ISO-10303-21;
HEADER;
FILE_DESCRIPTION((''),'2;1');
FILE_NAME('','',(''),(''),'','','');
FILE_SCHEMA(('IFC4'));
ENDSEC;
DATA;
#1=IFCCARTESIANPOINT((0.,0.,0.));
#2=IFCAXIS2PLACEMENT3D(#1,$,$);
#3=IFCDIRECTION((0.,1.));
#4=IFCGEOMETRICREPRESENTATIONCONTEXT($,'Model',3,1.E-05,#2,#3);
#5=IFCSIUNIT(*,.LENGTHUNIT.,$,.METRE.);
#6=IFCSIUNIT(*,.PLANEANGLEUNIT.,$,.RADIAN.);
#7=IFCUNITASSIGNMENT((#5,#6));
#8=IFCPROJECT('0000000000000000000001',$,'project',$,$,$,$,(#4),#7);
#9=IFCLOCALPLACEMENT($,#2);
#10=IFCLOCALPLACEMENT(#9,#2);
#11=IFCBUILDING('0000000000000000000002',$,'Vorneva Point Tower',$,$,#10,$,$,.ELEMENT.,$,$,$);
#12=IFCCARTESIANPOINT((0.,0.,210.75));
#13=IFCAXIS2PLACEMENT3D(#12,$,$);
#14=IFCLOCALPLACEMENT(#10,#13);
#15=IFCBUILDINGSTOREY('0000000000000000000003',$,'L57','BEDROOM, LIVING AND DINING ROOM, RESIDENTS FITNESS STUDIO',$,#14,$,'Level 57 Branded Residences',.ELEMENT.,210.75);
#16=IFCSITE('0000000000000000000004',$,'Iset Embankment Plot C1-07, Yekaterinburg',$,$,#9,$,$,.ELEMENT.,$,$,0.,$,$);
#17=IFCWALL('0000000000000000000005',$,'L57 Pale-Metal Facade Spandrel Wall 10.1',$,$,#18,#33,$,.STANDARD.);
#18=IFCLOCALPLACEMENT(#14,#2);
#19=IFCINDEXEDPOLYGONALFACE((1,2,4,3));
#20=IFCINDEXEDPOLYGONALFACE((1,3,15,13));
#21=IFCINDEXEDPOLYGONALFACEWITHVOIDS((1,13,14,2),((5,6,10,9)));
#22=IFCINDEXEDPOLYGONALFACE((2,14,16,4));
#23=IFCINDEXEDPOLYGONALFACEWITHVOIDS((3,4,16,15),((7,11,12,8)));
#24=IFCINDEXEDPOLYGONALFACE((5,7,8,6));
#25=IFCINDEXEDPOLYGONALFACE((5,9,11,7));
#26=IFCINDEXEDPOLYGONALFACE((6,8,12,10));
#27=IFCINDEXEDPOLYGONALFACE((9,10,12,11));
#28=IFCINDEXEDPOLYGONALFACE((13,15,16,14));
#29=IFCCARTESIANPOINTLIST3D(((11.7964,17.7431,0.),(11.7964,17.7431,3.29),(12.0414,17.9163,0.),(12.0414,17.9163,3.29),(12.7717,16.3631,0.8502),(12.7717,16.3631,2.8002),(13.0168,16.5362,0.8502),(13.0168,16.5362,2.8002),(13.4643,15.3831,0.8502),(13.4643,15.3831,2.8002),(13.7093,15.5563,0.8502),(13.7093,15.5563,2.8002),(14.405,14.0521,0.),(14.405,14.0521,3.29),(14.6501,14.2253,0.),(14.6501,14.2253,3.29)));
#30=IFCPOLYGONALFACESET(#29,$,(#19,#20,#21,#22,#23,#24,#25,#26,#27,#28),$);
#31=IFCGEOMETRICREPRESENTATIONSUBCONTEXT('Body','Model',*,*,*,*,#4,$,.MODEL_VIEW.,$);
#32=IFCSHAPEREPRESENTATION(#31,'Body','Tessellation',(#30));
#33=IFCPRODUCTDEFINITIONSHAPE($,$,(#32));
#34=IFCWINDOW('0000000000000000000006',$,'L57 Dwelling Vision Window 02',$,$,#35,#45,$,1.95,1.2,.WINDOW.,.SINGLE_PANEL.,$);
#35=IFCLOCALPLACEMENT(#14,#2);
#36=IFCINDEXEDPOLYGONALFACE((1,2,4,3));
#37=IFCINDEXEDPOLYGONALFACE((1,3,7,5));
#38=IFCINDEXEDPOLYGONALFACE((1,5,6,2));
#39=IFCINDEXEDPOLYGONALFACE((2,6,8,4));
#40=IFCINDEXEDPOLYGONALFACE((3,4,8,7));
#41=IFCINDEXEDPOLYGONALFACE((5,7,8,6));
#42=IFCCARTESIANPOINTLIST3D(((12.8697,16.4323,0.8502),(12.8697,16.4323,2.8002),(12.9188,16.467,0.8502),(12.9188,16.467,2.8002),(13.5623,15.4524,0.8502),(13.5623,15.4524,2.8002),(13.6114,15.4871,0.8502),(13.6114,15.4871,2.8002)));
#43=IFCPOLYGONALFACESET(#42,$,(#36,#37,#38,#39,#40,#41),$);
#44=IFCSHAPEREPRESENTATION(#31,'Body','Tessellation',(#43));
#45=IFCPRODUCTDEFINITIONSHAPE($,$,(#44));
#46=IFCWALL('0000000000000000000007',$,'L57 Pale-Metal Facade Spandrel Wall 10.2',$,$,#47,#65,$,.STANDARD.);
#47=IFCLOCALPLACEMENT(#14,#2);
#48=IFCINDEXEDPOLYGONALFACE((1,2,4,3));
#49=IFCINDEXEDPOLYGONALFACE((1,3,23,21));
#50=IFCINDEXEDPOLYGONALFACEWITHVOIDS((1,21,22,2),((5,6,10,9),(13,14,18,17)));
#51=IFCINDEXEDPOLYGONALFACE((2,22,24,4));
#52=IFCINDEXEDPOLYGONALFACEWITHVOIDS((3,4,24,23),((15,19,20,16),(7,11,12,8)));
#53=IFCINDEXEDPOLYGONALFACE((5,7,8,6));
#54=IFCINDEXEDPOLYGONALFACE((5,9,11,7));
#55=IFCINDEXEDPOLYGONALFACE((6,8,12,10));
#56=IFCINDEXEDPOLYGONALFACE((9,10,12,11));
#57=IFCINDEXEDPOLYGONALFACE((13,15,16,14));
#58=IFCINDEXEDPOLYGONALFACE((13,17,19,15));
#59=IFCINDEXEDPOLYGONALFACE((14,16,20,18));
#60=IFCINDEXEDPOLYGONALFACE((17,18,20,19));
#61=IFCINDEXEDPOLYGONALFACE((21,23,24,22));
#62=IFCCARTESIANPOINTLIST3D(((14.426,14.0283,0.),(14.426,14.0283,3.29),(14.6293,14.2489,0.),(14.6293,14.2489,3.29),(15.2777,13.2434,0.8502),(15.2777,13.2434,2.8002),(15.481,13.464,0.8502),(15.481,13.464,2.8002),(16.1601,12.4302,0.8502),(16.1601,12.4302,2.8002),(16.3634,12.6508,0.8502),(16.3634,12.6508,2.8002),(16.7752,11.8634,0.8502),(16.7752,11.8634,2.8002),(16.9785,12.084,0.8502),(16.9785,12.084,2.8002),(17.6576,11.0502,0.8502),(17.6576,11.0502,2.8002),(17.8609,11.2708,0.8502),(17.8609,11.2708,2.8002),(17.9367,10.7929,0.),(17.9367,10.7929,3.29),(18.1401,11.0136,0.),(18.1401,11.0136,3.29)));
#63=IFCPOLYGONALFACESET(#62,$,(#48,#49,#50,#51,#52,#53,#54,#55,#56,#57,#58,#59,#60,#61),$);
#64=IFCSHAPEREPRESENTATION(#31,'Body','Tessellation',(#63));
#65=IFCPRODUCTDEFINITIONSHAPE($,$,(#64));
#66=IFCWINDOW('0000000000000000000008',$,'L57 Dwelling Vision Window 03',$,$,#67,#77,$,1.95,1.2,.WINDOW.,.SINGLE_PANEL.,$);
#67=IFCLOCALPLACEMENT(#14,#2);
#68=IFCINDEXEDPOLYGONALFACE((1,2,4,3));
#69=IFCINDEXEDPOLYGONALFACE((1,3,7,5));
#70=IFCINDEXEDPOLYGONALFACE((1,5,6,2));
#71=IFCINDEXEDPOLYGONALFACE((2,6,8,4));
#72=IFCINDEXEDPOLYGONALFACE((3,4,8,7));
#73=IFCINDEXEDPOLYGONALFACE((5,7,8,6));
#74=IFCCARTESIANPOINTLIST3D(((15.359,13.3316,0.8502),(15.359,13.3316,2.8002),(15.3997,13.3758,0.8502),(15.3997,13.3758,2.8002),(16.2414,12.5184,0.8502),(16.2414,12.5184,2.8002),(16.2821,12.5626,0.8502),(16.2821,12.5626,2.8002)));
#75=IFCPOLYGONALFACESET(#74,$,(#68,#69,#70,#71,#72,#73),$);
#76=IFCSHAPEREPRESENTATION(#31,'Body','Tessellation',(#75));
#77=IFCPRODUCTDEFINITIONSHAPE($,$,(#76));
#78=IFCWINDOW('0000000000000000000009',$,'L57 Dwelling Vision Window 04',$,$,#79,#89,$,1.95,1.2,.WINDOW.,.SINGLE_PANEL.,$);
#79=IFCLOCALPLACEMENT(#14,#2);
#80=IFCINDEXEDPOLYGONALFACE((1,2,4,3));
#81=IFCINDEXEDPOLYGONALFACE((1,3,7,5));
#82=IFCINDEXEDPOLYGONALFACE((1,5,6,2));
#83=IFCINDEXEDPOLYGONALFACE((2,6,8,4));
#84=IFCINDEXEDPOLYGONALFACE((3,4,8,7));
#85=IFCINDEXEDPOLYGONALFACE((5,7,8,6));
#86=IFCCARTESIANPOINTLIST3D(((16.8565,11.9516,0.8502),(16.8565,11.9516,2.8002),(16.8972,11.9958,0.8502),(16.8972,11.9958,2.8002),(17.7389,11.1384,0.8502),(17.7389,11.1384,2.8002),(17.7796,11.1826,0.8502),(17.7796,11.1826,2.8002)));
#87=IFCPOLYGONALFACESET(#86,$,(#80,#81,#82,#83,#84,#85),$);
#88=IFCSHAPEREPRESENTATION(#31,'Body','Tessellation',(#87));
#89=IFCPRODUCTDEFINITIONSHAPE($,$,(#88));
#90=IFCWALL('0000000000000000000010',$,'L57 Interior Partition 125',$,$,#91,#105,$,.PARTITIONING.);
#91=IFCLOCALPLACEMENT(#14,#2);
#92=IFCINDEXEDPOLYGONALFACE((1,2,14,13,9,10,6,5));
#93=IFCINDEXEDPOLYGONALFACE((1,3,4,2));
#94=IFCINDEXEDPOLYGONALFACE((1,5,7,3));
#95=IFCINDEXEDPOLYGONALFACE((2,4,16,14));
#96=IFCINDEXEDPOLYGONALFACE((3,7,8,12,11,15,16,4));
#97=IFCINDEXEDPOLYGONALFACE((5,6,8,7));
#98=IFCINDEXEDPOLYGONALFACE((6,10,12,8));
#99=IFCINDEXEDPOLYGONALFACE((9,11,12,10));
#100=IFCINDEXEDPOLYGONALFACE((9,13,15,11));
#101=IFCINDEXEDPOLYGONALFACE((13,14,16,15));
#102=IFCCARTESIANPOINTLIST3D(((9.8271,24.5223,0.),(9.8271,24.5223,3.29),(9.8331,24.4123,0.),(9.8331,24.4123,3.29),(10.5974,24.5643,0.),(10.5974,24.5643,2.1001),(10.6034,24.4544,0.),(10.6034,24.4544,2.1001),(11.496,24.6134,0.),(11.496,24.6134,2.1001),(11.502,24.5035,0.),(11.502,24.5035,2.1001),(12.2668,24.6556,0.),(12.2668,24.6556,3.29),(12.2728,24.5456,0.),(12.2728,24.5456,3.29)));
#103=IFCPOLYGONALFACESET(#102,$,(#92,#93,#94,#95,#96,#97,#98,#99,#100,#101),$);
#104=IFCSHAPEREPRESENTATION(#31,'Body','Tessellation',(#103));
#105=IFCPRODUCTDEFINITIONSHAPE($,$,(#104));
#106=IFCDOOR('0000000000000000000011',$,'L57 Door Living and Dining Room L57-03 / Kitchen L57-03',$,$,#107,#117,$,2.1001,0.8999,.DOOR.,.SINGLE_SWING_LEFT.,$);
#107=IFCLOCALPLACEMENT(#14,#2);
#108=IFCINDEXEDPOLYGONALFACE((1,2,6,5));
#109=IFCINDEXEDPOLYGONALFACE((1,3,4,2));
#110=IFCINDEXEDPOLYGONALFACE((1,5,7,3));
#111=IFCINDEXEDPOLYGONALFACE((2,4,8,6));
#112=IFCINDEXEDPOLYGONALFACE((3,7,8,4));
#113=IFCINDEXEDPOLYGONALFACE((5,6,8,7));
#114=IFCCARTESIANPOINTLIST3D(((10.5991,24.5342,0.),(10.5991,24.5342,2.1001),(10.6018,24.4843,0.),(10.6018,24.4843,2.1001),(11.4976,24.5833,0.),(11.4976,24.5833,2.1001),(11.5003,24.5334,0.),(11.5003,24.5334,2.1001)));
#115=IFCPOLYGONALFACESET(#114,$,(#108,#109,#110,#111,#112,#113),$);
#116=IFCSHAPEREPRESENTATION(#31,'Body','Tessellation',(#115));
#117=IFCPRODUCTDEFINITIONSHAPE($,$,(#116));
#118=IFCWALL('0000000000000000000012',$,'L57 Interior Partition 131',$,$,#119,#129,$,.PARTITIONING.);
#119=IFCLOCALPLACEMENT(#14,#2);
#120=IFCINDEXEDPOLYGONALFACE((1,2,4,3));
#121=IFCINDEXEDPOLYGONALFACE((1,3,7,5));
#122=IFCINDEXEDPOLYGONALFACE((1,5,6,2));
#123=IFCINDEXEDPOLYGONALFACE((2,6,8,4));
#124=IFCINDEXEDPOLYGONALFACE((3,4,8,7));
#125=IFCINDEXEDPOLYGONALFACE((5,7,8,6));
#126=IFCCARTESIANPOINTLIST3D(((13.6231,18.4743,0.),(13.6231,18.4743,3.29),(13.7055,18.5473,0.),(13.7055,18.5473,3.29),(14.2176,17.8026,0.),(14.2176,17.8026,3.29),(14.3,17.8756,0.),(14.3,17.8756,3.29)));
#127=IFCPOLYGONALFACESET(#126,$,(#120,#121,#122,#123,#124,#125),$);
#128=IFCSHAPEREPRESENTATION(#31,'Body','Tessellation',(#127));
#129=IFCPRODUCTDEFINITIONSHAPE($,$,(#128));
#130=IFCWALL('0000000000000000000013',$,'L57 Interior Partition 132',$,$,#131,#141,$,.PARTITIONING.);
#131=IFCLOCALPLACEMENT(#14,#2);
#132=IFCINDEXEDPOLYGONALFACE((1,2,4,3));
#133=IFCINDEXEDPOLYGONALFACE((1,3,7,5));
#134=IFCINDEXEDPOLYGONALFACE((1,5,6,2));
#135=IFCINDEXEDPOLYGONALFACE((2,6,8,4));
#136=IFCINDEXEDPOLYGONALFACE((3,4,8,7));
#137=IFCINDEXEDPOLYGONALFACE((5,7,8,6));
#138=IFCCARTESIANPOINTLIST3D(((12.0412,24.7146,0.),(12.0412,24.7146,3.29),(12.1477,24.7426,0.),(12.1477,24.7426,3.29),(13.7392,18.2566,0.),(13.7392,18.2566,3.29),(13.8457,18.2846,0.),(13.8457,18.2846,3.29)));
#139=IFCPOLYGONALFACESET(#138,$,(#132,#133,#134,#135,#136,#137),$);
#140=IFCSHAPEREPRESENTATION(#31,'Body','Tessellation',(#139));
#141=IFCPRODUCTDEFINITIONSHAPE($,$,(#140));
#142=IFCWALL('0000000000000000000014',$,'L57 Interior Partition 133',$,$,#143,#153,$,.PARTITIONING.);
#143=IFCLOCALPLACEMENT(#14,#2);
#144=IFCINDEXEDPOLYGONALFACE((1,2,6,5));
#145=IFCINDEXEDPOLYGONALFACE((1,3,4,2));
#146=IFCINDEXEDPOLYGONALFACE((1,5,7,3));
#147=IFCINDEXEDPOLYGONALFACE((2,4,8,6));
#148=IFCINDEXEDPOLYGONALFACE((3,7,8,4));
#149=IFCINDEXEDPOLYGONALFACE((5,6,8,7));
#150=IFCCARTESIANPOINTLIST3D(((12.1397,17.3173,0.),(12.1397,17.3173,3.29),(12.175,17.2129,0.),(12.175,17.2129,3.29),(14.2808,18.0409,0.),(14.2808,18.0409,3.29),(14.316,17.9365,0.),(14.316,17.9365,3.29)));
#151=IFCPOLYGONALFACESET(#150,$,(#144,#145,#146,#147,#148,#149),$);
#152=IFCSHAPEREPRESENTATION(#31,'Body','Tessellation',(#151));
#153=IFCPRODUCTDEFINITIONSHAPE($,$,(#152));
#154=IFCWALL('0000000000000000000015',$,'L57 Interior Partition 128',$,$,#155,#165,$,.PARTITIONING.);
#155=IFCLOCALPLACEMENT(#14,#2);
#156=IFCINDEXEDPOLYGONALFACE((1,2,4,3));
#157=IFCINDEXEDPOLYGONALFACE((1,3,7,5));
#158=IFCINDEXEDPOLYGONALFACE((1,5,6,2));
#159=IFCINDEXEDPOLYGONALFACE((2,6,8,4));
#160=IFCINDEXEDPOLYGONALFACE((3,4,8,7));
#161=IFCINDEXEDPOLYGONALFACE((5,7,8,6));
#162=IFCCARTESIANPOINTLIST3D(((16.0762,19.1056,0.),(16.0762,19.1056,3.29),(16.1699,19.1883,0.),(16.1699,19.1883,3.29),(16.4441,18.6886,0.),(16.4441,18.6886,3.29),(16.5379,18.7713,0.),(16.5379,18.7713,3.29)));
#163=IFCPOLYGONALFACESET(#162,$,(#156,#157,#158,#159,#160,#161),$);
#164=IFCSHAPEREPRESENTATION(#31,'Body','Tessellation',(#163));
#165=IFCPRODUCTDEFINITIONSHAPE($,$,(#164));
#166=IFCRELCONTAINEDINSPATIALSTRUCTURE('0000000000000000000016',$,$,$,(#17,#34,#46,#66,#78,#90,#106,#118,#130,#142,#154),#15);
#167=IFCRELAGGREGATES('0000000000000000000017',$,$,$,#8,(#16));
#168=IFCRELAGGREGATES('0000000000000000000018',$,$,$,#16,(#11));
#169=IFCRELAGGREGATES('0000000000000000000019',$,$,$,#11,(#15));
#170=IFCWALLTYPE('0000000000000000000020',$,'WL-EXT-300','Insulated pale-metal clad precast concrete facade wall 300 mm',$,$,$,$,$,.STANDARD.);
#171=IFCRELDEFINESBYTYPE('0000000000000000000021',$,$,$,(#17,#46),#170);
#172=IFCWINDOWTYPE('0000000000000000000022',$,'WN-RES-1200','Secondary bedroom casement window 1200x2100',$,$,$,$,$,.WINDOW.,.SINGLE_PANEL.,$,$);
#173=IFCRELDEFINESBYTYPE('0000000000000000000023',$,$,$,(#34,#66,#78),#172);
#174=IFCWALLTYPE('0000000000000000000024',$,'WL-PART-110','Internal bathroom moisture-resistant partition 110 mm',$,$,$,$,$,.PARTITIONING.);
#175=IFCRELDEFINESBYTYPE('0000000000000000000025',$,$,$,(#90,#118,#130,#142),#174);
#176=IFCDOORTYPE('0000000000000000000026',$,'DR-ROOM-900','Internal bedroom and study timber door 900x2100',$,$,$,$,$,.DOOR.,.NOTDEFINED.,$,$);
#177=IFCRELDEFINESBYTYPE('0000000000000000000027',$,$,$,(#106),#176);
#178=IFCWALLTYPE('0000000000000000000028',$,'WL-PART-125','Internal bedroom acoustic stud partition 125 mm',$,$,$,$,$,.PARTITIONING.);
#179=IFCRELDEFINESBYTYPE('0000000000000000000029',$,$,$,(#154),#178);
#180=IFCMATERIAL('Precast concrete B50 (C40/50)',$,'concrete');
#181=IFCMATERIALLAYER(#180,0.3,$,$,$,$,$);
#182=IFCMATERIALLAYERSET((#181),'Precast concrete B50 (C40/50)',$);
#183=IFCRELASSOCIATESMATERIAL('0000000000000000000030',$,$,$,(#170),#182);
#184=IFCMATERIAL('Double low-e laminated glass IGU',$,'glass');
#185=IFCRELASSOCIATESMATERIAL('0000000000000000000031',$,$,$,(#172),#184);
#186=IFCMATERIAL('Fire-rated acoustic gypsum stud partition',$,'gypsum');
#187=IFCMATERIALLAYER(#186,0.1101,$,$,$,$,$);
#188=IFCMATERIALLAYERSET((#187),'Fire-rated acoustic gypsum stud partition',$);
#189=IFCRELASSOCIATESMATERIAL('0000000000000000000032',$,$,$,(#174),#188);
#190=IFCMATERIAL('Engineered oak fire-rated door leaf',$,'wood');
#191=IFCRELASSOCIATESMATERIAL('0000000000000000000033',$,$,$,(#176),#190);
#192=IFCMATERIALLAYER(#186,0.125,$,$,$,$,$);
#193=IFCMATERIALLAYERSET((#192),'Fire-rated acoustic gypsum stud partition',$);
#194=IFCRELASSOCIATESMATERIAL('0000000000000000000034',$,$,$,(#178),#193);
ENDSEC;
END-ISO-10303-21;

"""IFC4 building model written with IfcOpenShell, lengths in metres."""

from ifc_helpers import new_model, si_unit, direction, frame, frame_2d, origin, place, context, subcontext, project, spatial, rectangle, extrude, material, layer, layer_set, type_object, element, fill, save


model = new_model("IFC4")

# Units and contexts
model_context = context("Model", 3, precision=1e-05, world=origin(), true_north=direction((0.0, 1.0)))
body_context = subcontext(model_context, "Body", "Model", "MODEL_VIEW")
ifc_project = project(units=[si_unit("LENGTHUNIT", "METRE"), si_unit("PLANEANGLEUNIT", "RADIAN")], contexts=[model_context])

# Site, building, storey
site_placement = place(None, origin())
site = spatial("IfcSite", under=ifc_project, at=site_placement, Name="Iset Embankment Plot C1-07, Yekaterinburg", CompositionType="ELEMENT", RefElevation=0.0)
building_placement = place(site_placement, origin())
building = spatial("IfcBuilding", under=site, at=building_placement, Name="Vorneva Point Tower", CompositionType="ELEMENT")
storey_placement = place(building_placement, frame((0.0, 0.0, 210.75)))
storey = spatial("IfcBuildingStorey", under=building, at=storey_placement, Name="L57", Description="BEDROOM, LIVING AND DINING ROOM, RESIDENTS FITNESS STUDIO", LongName="Level 57 Branded Residences", CompositionType="ELEMENT", Elevation=210.75)

# Shared definitions
ifc_material_1 = material(Name="Double low-e laminated glass IGU", Category="glass")

# Wall, opening, window
ifc_material_2 = material(Name="Precast concrete B50 (C40/50)", Category="concrete")
ifc_layer_1 = layer(ifc_material_2, 0.3)
ifc_layer_set_1 = layer_set([ifc_layer_1], Name="Precast concrete B50 (C40/50)")
wall_type_1 = type_object("IfcWallType", Name="WL-EXT-300", Description="Insulated pale-metal clad precast concrete facade wall 300 mm", PredefinedType="STANDARD", material=ifc_layer_set_1)
wall_1_placement = place(storey_placement, frame((11.9189, 17.8296, 0.0), z_axis=(0.0, 0.0, 1.0), x_axis=(0.577169, -0.816625, 0.0)))
wall_1 = element("IfcWall", 1, at=wall_1_placement, inside=storey, type_object=wall_type_1, Name="L57 Pale-Metal Facade Spandrel Wall 10.1", PredefinedType="STANDARD", context=body_context, shape_type="SweptSolid", body=[
    extrude(rectangle(XDim=4.5198, YDim=0.3, at=frame_2d((2.2598, 0.0))), origin(), (0.0, 0.0, 1.0), 3.29),
])
opening_1_placement = place(wall_1_placement, frame((1.6897, 0.0, 0.8501)))
opening_1 = element("IfcOpeningElement", 2, at=opening_1_placement, cuts=wall_1, PredefinedType="OPENING", context=body_context, shape_type="SweptSolid", body=[
    extrude(rectangle(XDim=1.2, YDim=1.95, at=frame_2d((0.6001, 0.9751))), frame((0.0, 0.165, 0.0), z_axis=(0.0, -1.0, 0.0), x_axis=(1.0, 0.0, 0.0)), (0.0, 0.0, 1.0), 0.3298),
])
window_type = type_object("IfcWindowType", Name="WN-RES-1200", Description="Secondary bedroom casement window 1200x2100", PartitioningType="SINGLE_PANEL", PredefinedType="WINDOW", material=ifc_material_1)
window_1_placement = place(opening_1_placement, origin())
window_1 = element("IfcWindow", 3, at=window_1_placement, inside=storey, type_object=window_type, Name="L57 Dwelling Vision Window 02", OverallHeight=1.95, OverallWidth=1.2, PartitioningType="SINGLE_PANEL", PredefinedType="WINDOW", context=body_context, shape_type="SweptSolid", body=[
    extrude(rectangle(XDim=1.2, YDim=1.95, at=frame_2d((0.6001, 0.9751))), frame((0.0, 0.03, 0.0), z_axis=(0.0, -1.0, 0.0), x_axis=(1.0, 0.0, 0.0)), (0.0, 0.0, 1.0), 0.0601),
])
fill(opening_1, window_1)

# Wall, openings, windows
wall_2_placement = place(storey_placement, frame((14.5276, 14.1387, 0.0), z_axis=(0.0, 0.0, 1.0), x_axis=(0.73536, -0.677677, 0.0)))
wall_2 = element("IfcWall", 4, at=wall_2_placement, inside=storey, type_object=wall_type_1, Name="L57 Pale-Metal Facade Spandrel Wall 10.2", PredefinedType="STANDARD", context=body_context, shape_type="SweptSolid", body=[
    extrude(rectangle(XDim=4.7742, YDim=0.3, at=frame_2d((2.3872, 0.0))), origin(), (0.0, 0.0, 1.0), 3.29),
])
opening_2_placement = place(wall_2_placement, frame((1.1582, 0.0, 0.8501)))
opening_2 = element("IfcOpeningElement", 5, at=opening_2_placement, cuts=wall_2, PredefinedType="OPENING", context=body_context, shape_type="SweptSolid", body=[
    extrude(rectangle(XDim=1.2, YDim=1.95, at=frame_2d((0.6001, 0.9751))), frame((0.0, 0.165, 0.0), z_axis=(0.0, -1.0, 0.0), x_axis=(1.0, 0.0, 0.0)), (0.0, 0.0, 1.0), 0.3298),
])
opening_3_placement = place(wall_2_placement, frame((3.1946, 0.0, 0.8501)))
opening_3 = element("IfcOpeningElement", 6, at=opening_3_placement, cuts=wall_2, PredefinedType="OPENING", context=body_context, shape_type="SweptSolid", body=[
    extrude(rectangle(XDim=1.2, YDim=1.95, at=frame_2d((0.6001, 0.9751))), frame((0.0, 0.165, 0.0), z_axis=(0.0, -1.0, 0.0), x_axis=(1.0, 0.0, 0.0)), (0.0, 0.0, 1.0), 0.3298),
])
window_2_placement = place(opening_2_placement, origin())
window_2 = element("IfcWindow", 7, at=window_2_placement, inside=storey, type_object=window_type, Name="L57 Dwelling Vision Window 03", OverallHeight=1.95, OverallWidth=1.2, PartitioningType="SINGLE_PANEL", PredefinedType="WINDOW", context=body_context, shape_type="SweptSolid", body=[
    extrude(rectangle(XDim=1.2, YDim=1.95, at=frame_2d((0.6001, 0.9751))), frame((0.0, 0.03, 0.0), z_axis=(0.0, -1.0, 0.0), x_axis=(1.0, 0.0, 0.0)), (0.0, 0.0, 1.0), 0.0601),
])
fill(opening_2, window_2)
window_3_placement = place(opening_3_placement, origin())
window_3 = element("IfcWindow", 8, at=window_3_placement, inside=storey, type_object=window_type, Name="L57 Dwelling Vision Window 04", OverallHeight=1.95, OverallWidth=1.2, PartitioningType="SINGLE_PANEL", PredefinedType="WINDOW", context=body_context, shape_type="SweptSolid", body=[
    extrude(rectangle(XDim=1.2, YDim=1.95, at=frame_2d((0.6001, 0.9751))), frame((0.0, 0.03, 0.0), z_axis=(0.0, -1.0, 0.0), x_axis=(1.0, 0.0, 0.0)), (0.0, 0.0, 1.0), 0.0601),
])
fill(opening_3, window_3)

# Wall, opening, door
ifc_material_3 = material(Name="Fire-rated acoustic gypsum stud partition", Category="gypsum")
ifc_layer_2 = layer(ifc_material_3, 0.1101)
ifc_layer_set_2 = layer_set([ifc_layer_2], Name="Fire-rated acoustic gypsum stud partition")
wall_type_2 = type_object("IfcWallType", Name="WL-PART-110", Description="Internal bathroom moisture-resistant partition 110 mm", PredefinedType="PARTITIONING", material=ifc_layer_set_2)
wall_3_placement = place(storey_placement, frame((9.8301, 24.4673, 0.0), z_axis=(0.0, 0.0, 1.0), x_axis=(0.998511, 0.054557, 0.0)))
wall_3 = element("IfcWall", 9, at=wall_3_placement, inside=storey, type_object=wall_type_2, Name="L57 Interior Partition 125", PredefinedType="PARTITIONING", context=body_context, shape_type="SweptSolid", body=[
    extrude(rectangle(XDim=2.4434, YDim=0.1101, at=frame_2d((1.2217, 0.0))), origin(), (0.0, 0.0, 1.0), 3.29),
])
opening_4_placement = place(wall_3_placement, frame((0.7715, 0.0, 0.0)))
opening_4 = element("IfcOpeningElement", 10, at=opening_4_placement, cuts=wall_3, PredefinedType="OPENING", context=body_context, shape_type="SweptSolid", body=[
    extrude(rectangle(XDim=0.8999, YDim=2.1001, at=frame_2d((0.45, 1.05))), frame((0.0, 0.0698, 0.0), z_axis=(0.0, -1.0, 0.0), x_axis=(1.0, 0.0, 0.0)), (0.0, 0.0, 1.0), 0.1399),
])
ifc_material_4 = material(Name="Engineered oak fire-rated door leaf", Category="wood")
door_type_1 = type_object("IfcDoorType", Name="DR-ROOM-900", Description="Internal bedroom and study timber door 900x2100", OperationType="NOTDEFINED", PredefinedType="DOOR", material=ifc_material_4)
door_1_placement = place(opening_4_placement, origin())
door_1 = element("IfcDoor", 11, at=door_1_placement, inside=storey, type_object=door_type_1, Name="L57 Door Living and Dining Room L57-03 / Kitchen L57-03", OperationType="SINGLE_SWING_LEFT", OverallHeight=2.1001, OverallWidth=0.8999, PredefinedType="DOOR", context=body_context, shape_type="SweptSolid", body=[
    extrude(rectangle(XDim=0.8999, YDim=2.1001, at=frame_2d((0.45, 1.05))), frame((0.0, 0.0249, 0.0), z_axis=(0.0, -1.0, 0.0), x_axis=(1.0, 0.0, 0.0)), (0.0, 0.0, 1.0), 0.05),
])
fill(opening_4, door_1)

# Walls
wall_4_placement = place(storey_placement, frame((14.2588, 17.8391, 0.0), z_axis=(0.0, 0.0, 1.0), x_axis=(-0.662791, 0.748804, 0.0)))
element("IfcWall", 12, at=wall_4_placement, inside=storey, type_object=wall_type_2, Name="L57 Interior Partition 131", PredefinedType="PARTITIONING", context=body_context, shape_type="SweptSolid", body=[
    extrude(rectangle(XDim=0.897, YDim=0.1101, at=frame_2d((0.4485, 0.0))), origin(), (0.0, 0.0, 1.0), 3.29),
])
wall_5_placement = place(storey_placement, frame((13.7925, 18.2705, 0.0), z_axis=(0.0, 0.0, 1.0), x_axis=(-0.254286, 0.967129, 0.0)))
element("IfcWall", 13, at=wall_5_placement, inside=storey, type_object=wall_type_2, Name="L57 Interior Partition 132", PredefinedType="PARTITIONING", context=body_context, shape_type="SweptSolid", body=[
    extrude(rectangle(XDim=6.6775, YDim=0.1101, at=frame_2d((3.3389, 0.0))), origin(), (0.0, 0.0, 1.0), 3.29),
])
wall_6_placement = place(storey_placement, frame((12.1575, 17.2651, 0.0), z_axis=(0.0, 0.0, 1.0), x_axis=(0.947357, 0.320179, 0.0)))
element("IfcWall", 14, at=wall_6_placement, inside=storey, type_object=wall_type_2, Name="L57 Interior Partition 133", PredefinedType="PARTITIONING", context=body_context, shape_type="SweptSolid", body=[
    extrude(rectangle(XDim=2.26, YDim=0.1101, at=frame_2d((1.1299, 0.0))), origin(), (0.0, 0.0, 1.0), 3.29),
])
ifc_layer_3 = layer(ifc_material_3, 0.125)
ifc_layer_set_3 = layer_set([ifc_layer_3], Name="Fire-rated acoustic gypsum stud partition")
wall_type_3 = type_object("IfcWallType", Name="WL-PART-125", Description="Internal bedroom acoustic stud partition 125 mm", PredefinedType="PARTITIONING", material=ifc_layer_set_3)
wall_7_placement = place(storey_placement, frame((16.123, 19.147, 0.0), z_axis=(0.0, 0.0, 1.0), x_axis=(0.661607, -0.749851, 0.0)))
element("IfcWall", 15, at=wall_7_placement, inside=storey, type_object=wall_type_3, Name="L57 Interior Partition 128", PredefinedType="PARTITIONING", context=body_context, shape_type="SweptSolid", body=[
    extrude(rectangle(XDim=0.5562, YDim=0.125, at=frame_2d((0.2781, 0.0))), origin(), (0.0, 0.0, 1.0), 3.29),
])

save(model, "model.ifc")
